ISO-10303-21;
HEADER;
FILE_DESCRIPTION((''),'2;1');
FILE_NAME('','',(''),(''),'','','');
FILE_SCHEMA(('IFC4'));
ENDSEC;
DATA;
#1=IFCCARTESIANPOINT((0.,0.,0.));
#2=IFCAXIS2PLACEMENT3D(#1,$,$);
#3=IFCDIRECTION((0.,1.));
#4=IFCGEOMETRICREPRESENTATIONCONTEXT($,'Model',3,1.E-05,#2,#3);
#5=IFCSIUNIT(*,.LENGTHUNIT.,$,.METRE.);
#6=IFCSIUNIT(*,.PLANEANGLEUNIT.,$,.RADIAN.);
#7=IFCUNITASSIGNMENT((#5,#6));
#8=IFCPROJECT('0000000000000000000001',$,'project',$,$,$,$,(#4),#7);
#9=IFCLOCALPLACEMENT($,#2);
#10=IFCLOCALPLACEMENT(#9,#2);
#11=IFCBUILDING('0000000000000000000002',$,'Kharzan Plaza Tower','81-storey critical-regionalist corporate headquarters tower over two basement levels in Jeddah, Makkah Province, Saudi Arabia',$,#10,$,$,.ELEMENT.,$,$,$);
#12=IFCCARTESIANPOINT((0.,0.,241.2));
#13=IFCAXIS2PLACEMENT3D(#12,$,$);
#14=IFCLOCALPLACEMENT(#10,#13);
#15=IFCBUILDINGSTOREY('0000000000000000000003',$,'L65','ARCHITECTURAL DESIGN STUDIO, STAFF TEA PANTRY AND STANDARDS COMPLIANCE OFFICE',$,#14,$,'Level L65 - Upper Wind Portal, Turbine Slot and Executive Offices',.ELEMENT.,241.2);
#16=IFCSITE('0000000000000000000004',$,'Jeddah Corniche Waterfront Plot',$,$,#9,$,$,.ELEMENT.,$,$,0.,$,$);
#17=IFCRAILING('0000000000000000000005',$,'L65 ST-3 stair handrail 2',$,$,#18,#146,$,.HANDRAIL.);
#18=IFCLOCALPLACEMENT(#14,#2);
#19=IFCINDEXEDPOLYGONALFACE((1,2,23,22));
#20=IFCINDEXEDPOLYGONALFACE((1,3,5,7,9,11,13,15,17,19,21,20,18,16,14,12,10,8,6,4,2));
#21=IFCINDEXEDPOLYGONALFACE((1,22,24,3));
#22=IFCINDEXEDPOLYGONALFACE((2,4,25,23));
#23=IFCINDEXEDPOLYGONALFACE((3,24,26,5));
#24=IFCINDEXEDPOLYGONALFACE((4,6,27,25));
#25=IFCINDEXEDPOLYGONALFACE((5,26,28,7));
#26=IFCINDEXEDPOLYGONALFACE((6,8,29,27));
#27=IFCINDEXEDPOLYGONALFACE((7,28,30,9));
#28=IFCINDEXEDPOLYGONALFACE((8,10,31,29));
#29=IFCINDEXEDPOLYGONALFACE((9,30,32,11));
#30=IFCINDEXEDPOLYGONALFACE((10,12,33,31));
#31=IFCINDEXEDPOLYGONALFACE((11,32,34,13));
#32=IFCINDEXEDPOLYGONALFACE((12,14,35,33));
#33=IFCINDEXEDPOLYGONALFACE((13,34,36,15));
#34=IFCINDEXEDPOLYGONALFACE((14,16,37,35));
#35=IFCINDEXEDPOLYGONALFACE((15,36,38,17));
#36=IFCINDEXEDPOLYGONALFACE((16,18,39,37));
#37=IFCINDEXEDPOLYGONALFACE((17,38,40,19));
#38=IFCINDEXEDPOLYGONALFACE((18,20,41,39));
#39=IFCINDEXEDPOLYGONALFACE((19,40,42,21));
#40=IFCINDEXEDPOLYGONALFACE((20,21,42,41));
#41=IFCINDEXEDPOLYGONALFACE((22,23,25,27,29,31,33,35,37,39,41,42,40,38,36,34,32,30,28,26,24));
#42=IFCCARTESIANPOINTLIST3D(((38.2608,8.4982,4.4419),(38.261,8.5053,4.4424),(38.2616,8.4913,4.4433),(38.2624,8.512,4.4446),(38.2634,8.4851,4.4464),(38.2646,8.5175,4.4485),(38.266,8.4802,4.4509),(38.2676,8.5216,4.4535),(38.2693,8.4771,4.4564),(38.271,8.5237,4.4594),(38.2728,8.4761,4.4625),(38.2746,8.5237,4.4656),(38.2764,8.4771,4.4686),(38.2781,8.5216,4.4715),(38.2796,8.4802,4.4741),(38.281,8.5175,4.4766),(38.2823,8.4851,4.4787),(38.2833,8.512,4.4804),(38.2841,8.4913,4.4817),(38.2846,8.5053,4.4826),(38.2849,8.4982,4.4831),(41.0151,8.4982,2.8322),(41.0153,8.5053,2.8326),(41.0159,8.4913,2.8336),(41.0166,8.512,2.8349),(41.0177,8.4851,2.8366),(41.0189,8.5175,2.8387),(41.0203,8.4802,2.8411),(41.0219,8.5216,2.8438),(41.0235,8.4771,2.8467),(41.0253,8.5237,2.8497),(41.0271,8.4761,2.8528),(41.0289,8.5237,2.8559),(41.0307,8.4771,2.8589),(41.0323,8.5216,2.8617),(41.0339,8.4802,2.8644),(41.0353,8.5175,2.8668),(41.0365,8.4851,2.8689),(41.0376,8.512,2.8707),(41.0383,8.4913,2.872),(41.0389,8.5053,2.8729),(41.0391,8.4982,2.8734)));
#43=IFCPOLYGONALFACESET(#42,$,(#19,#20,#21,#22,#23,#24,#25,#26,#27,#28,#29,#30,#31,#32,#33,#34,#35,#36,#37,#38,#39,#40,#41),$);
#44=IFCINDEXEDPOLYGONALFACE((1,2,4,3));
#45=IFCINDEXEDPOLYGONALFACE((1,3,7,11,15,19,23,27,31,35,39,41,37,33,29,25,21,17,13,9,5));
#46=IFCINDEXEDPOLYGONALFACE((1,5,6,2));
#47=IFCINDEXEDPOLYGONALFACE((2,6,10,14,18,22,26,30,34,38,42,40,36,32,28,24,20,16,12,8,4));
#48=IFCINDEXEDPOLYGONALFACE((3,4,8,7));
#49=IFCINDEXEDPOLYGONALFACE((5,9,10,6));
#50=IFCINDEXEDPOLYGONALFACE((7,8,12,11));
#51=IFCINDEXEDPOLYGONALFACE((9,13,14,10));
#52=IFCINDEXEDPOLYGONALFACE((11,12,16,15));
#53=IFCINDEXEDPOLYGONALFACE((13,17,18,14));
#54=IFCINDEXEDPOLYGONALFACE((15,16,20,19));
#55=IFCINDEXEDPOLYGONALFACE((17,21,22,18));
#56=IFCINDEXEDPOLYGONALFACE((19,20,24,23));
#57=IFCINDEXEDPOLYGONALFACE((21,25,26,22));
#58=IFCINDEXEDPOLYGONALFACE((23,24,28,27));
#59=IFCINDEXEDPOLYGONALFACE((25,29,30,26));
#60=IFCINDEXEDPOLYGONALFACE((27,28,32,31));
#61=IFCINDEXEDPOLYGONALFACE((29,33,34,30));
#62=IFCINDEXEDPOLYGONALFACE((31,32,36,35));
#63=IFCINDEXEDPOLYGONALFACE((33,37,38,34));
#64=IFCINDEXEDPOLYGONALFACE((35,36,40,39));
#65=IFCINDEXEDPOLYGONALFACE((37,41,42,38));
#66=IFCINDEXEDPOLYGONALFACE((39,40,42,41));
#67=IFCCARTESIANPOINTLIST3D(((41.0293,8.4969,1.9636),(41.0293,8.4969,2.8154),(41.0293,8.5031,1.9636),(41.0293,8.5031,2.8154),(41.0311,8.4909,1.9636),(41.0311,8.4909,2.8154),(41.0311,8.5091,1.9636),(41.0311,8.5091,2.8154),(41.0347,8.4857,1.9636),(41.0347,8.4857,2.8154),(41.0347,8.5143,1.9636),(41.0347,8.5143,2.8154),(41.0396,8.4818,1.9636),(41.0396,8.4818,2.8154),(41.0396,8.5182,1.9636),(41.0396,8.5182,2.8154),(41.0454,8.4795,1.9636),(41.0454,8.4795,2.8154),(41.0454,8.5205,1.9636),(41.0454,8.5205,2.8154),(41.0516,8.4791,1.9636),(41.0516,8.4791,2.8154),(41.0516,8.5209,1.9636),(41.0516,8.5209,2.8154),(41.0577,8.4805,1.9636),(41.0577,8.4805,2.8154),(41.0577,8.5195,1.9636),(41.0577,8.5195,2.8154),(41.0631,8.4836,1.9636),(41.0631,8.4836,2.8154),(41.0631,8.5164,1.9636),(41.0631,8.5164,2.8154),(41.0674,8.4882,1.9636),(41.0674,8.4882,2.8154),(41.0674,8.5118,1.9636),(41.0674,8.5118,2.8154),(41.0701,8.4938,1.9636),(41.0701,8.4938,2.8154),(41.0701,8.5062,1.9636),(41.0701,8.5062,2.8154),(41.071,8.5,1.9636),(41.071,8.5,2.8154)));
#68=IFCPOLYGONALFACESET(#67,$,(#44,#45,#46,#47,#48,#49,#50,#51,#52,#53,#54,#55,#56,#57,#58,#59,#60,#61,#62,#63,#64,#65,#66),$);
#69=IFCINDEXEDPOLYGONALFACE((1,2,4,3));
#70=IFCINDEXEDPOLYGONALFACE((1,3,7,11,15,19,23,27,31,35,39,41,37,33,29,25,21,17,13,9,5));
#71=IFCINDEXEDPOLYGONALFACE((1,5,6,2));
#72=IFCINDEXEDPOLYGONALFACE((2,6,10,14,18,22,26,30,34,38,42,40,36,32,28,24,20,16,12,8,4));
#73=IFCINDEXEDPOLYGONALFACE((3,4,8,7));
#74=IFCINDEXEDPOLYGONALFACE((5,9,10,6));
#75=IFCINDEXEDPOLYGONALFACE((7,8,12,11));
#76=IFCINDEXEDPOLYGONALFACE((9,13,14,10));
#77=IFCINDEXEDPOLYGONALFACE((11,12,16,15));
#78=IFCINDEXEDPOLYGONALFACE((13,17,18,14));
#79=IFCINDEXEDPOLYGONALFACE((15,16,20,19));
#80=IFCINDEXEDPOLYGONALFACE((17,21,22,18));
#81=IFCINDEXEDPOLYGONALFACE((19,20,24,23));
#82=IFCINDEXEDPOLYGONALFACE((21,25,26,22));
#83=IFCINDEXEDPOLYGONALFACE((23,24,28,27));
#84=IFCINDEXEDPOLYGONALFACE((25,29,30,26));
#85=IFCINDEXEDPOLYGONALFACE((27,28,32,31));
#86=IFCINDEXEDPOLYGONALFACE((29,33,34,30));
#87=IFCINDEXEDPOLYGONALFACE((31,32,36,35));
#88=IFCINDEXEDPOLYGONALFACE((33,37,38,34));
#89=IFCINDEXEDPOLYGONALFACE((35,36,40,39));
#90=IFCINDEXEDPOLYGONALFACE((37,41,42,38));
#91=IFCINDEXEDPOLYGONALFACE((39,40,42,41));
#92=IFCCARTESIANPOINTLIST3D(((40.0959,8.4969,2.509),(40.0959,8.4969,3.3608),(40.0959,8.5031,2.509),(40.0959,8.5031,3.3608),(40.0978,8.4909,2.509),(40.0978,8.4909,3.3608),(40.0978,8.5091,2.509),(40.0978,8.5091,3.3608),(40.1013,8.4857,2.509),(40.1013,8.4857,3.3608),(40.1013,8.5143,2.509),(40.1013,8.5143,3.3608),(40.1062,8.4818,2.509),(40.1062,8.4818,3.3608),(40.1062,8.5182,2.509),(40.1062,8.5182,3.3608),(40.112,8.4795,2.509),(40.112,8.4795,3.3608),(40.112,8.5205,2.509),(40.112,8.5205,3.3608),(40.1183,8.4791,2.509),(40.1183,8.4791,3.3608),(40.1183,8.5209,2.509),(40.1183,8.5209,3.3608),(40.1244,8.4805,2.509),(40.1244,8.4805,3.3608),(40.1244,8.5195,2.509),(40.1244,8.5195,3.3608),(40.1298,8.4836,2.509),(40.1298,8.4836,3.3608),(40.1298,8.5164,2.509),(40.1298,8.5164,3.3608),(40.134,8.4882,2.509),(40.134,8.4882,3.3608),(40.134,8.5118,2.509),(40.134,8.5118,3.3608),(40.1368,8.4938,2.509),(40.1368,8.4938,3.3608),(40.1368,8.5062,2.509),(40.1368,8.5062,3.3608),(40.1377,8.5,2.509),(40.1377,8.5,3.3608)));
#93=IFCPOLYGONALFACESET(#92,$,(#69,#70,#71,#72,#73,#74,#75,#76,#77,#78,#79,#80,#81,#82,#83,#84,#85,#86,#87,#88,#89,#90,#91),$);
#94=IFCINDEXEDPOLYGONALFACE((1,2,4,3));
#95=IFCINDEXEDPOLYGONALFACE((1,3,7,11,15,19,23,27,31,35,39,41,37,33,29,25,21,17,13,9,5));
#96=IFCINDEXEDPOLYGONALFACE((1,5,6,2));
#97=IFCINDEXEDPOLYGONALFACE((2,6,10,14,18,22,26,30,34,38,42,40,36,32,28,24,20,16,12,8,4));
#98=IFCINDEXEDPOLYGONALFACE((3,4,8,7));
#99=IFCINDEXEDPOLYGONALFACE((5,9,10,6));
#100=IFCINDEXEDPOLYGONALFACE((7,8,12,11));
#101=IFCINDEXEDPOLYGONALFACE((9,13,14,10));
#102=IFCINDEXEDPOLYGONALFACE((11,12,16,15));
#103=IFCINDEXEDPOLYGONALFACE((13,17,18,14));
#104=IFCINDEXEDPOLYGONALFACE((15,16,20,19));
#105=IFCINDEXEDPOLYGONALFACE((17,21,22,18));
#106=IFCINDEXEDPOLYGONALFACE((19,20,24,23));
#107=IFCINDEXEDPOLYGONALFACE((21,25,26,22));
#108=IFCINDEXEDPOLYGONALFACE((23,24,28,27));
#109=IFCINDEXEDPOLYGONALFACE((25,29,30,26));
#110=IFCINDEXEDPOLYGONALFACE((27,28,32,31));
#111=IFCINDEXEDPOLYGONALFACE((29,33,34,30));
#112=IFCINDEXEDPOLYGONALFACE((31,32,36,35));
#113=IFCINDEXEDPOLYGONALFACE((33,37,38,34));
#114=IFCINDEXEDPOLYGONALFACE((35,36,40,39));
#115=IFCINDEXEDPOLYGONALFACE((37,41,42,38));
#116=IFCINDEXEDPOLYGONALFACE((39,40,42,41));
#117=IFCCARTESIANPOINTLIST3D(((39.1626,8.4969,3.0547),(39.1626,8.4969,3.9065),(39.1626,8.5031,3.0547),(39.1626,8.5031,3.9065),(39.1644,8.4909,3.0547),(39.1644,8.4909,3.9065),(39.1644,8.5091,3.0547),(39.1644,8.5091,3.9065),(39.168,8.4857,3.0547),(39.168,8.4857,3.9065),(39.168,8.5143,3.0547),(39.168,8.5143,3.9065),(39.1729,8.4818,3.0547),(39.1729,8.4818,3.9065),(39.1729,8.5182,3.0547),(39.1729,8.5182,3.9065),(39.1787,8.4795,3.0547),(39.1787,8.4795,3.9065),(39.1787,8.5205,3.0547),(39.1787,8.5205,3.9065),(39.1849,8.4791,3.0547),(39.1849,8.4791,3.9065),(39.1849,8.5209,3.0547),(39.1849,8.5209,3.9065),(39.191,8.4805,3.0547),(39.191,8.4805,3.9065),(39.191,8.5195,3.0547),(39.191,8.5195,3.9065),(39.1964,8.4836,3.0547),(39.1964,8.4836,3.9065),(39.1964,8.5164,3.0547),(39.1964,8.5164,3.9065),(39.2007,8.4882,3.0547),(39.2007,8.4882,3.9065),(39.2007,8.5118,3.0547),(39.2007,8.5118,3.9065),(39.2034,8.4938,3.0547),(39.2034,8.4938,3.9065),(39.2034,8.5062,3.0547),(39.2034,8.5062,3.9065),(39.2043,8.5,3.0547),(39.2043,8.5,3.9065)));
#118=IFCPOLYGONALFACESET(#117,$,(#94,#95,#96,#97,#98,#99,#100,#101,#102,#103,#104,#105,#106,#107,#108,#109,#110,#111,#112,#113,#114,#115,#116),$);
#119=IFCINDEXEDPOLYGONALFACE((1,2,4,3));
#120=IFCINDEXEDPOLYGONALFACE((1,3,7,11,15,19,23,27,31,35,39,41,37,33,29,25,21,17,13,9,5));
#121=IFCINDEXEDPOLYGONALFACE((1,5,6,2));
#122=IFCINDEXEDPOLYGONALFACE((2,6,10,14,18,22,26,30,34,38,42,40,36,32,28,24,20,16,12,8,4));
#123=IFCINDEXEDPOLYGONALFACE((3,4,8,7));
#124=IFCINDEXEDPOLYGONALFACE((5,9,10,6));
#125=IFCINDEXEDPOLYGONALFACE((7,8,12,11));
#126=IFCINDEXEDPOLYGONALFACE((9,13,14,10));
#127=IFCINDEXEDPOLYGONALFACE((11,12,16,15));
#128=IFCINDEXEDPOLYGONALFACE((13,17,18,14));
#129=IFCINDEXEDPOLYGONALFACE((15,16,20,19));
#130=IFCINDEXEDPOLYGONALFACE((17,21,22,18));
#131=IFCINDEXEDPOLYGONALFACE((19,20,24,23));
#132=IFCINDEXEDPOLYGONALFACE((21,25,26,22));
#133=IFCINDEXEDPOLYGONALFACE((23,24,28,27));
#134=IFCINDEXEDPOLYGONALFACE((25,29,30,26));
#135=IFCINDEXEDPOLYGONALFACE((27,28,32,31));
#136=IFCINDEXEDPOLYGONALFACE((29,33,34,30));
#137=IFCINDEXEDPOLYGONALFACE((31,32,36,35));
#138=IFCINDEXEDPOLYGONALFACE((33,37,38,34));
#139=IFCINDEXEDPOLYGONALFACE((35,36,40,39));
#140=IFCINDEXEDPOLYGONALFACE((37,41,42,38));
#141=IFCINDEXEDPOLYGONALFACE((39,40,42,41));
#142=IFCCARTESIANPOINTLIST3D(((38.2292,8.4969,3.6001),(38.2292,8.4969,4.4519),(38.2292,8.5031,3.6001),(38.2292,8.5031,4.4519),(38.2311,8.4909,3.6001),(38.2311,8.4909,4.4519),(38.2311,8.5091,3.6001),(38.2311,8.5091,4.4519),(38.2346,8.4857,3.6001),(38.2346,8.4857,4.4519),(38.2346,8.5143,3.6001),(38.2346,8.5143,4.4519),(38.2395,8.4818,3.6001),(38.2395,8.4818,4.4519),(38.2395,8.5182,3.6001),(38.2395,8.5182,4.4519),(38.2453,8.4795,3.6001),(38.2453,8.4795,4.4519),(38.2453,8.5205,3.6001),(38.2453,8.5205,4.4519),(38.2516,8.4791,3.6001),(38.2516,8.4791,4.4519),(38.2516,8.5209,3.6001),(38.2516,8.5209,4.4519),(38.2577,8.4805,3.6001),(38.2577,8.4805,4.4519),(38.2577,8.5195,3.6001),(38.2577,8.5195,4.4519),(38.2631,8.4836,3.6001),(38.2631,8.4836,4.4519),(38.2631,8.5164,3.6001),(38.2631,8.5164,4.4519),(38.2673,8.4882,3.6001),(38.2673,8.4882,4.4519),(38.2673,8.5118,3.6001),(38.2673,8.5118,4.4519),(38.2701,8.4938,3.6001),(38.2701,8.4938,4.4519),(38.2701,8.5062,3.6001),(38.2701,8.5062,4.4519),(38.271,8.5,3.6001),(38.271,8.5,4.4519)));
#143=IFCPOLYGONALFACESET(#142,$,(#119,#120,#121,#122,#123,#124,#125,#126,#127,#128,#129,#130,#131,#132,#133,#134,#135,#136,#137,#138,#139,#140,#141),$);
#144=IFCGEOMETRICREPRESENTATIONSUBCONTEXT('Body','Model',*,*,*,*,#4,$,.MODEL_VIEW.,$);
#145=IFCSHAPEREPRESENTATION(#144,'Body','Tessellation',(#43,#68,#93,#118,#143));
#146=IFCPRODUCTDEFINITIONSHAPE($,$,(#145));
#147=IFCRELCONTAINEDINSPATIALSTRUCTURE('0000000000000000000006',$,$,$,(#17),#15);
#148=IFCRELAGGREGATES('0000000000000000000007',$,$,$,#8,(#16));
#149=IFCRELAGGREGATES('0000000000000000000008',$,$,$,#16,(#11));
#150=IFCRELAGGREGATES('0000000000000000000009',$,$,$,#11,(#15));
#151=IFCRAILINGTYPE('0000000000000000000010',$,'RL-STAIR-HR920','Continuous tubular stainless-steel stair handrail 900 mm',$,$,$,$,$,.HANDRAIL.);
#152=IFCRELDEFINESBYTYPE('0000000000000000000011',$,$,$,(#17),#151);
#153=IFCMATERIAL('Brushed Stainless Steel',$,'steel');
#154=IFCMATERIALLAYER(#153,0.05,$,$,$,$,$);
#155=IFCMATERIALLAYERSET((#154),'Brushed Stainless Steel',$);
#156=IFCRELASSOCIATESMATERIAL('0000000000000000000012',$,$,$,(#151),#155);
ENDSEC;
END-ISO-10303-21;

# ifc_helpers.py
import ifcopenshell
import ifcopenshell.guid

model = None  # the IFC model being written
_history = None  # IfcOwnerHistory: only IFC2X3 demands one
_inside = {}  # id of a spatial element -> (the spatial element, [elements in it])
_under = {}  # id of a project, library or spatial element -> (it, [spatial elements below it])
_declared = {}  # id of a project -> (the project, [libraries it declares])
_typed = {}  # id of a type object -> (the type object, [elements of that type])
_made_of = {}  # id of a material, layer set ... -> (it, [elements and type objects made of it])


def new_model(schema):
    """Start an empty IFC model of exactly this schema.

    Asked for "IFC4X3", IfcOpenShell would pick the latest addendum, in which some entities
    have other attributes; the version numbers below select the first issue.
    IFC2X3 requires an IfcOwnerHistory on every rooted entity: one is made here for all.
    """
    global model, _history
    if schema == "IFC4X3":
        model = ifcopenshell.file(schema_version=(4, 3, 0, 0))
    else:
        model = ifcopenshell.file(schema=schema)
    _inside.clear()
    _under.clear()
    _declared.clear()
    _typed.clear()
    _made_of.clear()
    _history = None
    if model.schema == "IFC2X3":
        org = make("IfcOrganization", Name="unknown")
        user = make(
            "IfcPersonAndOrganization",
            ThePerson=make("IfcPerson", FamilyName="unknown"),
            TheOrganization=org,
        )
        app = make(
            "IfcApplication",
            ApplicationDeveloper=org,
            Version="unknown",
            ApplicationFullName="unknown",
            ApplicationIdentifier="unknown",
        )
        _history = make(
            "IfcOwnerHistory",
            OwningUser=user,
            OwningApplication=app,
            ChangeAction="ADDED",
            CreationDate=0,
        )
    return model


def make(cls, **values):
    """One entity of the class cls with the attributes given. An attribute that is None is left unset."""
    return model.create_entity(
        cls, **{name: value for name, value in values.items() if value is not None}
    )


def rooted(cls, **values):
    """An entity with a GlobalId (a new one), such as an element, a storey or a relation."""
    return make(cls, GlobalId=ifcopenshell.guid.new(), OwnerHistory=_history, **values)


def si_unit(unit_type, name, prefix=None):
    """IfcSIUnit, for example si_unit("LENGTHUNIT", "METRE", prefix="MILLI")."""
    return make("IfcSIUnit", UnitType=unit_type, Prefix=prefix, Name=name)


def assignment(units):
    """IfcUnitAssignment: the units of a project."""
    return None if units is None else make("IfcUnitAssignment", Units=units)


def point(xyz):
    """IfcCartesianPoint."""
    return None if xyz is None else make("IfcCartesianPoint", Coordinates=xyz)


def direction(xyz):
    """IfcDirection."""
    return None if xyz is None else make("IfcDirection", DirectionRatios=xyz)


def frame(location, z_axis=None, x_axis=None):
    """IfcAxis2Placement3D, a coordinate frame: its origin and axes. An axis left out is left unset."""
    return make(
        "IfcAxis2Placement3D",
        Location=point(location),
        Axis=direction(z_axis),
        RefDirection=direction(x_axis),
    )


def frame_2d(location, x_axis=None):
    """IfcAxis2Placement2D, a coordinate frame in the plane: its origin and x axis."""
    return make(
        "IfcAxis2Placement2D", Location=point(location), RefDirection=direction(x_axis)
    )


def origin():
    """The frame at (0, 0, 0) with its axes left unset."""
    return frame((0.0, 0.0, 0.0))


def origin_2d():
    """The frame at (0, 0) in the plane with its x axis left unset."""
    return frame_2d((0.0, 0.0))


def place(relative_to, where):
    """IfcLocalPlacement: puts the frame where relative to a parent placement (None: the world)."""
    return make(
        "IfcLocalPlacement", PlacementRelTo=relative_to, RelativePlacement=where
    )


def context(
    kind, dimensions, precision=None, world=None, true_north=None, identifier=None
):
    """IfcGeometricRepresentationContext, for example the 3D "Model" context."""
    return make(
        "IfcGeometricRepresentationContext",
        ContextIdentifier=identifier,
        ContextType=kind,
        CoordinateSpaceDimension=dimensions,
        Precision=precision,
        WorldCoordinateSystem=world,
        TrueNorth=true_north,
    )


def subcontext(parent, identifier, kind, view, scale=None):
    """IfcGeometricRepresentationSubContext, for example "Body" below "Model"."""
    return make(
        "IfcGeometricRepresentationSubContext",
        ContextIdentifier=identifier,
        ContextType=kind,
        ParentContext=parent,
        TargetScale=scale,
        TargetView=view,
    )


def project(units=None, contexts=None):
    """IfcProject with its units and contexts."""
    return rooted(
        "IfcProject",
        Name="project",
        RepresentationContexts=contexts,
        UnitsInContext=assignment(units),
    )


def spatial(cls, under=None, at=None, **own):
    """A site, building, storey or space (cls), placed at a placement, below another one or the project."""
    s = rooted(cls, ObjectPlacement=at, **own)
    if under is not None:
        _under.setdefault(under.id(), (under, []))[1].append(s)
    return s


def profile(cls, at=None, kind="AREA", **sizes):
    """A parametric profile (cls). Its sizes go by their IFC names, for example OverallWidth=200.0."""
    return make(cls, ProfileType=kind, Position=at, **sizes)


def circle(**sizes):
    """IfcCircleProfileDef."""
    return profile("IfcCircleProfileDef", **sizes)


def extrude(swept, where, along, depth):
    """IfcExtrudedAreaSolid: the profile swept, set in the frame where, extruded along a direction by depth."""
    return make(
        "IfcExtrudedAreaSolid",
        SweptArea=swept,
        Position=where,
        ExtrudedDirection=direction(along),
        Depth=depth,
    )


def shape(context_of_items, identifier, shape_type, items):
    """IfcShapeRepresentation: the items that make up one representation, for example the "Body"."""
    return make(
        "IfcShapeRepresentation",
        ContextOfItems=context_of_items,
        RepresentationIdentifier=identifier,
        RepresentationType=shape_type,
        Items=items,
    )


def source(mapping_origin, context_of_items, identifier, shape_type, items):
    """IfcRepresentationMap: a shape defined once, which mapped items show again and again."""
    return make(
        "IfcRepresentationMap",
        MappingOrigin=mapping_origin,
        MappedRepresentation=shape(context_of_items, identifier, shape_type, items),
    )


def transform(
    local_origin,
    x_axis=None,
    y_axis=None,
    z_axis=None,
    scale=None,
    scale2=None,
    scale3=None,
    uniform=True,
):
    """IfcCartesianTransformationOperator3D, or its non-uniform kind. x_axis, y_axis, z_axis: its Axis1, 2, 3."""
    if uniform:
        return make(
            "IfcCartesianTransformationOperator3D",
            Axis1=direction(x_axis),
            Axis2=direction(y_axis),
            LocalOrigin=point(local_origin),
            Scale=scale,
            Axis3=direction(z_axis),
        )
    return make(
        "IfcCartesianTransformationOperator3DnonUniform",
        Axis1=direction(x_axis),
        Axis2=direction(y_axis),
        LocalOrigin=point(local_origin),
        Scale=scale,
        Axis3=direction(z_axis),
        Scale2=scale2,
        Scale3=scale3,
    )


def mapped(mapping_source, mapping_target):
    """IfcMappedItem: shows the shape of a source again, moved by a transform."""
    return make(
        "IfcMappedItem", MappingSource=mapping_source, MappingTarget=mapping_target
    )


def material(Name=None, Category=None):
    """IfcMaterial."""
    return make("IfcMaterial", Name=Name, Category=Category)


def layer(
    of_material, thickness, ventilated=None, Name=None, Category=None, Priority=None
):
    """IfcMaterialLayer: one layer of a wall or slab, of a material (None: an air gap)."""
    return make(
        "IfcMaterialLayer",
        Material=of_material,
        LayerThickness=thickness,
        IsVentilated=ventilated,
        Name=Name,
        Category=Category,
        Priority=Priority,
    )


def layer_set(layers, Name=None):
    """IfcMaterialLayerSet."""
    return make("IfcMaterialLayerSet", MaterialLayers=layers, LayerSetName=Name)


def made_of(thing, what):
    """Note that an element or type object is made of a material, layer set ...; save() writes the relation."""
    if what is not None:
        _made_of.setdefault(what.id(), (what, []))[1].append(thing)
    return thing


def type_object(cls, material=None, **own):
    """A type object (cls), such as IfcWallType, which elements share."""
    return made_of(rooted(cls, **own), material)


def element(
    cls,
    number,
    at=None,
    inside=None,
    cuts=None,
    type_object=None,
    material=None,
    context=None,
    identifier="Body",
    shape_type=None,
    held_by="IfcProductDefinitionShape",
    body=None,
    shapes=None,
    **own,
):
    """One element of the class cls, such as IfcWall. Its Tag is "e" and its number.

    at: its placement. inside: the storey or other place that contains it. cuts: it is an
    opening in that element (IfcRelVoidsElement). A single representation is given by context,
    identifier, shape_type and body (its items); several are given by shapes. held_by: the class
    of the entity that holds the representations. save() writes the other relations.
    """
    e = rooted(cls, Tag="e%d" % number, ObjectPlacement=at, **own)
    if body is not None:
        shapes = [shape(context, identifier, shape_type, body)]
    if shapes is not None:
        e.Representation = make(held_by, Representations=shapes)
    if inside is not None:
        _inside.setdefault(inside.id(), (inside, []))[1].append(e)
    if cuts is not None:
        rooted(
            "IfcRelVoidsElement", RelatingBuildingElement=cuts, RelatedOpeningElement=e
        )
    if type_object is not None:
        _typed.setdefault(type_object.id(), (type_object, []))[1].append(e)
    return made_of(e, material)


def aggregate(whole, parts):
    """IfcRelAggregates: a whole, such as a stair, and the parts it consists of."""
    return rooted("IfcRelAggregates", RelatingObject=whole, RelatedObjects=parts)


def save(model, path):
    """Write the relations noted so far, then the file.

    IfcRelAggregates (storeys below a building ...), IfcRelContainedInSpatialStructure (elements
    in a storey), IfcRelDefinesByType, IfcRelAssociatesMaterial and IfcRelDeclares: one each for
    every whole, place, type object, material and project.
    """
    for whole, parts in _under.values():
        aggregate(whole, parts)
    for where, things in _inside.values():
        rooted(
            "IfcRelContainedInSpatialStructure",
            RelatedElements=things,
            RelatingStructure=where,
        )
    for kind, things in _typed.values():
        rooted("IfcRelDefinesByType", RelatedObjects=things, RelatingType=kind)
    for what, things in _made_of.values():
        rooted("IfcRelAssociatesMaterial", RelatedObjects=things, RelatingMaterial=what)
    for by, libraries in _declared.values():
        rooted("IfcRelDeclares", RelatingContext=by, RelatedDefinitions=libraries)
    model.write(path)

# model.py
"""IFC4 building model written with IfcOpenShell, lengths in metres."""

from ifc_helpers import new_model, si_unit, direction, frame, origin, origin_2d, place, context, subcontext, project, spatial, circle, extrude, source, transform, mapped, material, layer, layer_set, type_object, element, save


model = new_model("IFC4")

# Units and contexts
model_context = context("Model", 3, precision=1e-05, world=origin(), true_north=direction((0.0, 1.0)))
body_context = subcontext(model_context, "Body", "Model", "MODEL_VIEW")
ifc_project = project(units=[si_unit("LENGTHUNIT", "METRE"), si_unit("PLANEANGLEUNIT", "RADIAN")], contexts=[model_context])

# Site, building, storey
site_placement = place(None, origin())
site = spatial("IfcSite", under=ifc_project, at=site_placement, Name="Jeddah Corniche Waterfront Plot", CompositionType="ELEMENT", RefElevation=0.0)
building_placement = place(site_placement, origin())
building = spatial("IfcBuilding", under=site, at=building_placement, Name="Kharzan Plaza Tower", Description="81-storey critical-regionalist corporate headquarters tower over two basement levels in Jeddah, Makkah Province, Saudi Arabia", CompositionType="ELEMENT")
storey_placement = place(building_placement, frame((0.0, 0.0, 241.2)))
storey = spatial("IfcBuildingStorey", under=building, at=storey_placement, Name="L65", Description="ARCHITECTURAL DESIGN STUDIO, STAFF TEA PANTRY AND STANDARDS COMPLIANCE OFFICE", LongName="Level L65 - Upper Wind Portal, Turbine Slot and Executive Offices", CompositionType="ELEMENT", Elevation=241.2)

# Shared definitions
ifc_material_1 = material(Name="Brushed Stainless Steel", Category="steel")

# Railing
ifc_layer_1 = layer(ifc_material_1, 0.05)
ifc_layer_set_1 = layer_set([ifc_layer_1], Name="Brushed Stainless Steel")
railing_type_1 = type_object("IfcRailingType", Name="RL-STAIR-HR920", Description="Continuous tubular stainless-steel stair handrail 900 mm", PredefinedType="HANDRAIL", material=ifc_layer_set_1)
shared_shape_1 = source(origin(), body_context, "Body", "SweptSolid", [
    extrude(circle(Radius=0.0239, at=origin_2d()), frame((-0.0229, 0.0, 0.8892), z_axis=(-0.863361, 0.0, 0.504587), x_axis=(0.0, -1.0, 0.0)), (0.0, 0.0, 1.0), 3.1902),
    extrude(circle(Radius=0.021, at=origin_2d()), origin(), (0.0, 0.0, 1.0), 0.8518),
    extrude(circle(Radius=0.021, at=origin_2d()), frame((-0.9333, 0.0, 0.5454)), (0.0, 0.0, 1.0), 0.8518),
    extrude(circle(Radius=0.021, at=origin_2d()), frame((-1.8667, 0.0, 1.0911)), (0.0, 0.0, 1.0), 0.8518),
    extrude(circle(Radius=0.021, at=origin_2d()), frame((-2.8, 0.0, 1.6365)), (0.0, 0.0, 1.0), 0.8518),
])
railing_1_placement = place(storey_placement, frame((41.05, 8.5, 1.9636)))
element("IfcRailing", 1, at=railing_1_placement, inside=storey, type_object=railing_type_1, Name="L65 ST-3 stair handrail 2", PredefinedType="HANDRAIL", context=body_context, shape_type="MappedRepresentation", body=[
    mapped(shared_shape_1, transform((0.0, 0.0, 0.0), x_axis=(1.0, 0.0, 0.0), y_axis=(0.0, 1.0, 0.0), z_axis=(0.0, 0.0, 1.0))),
])

save(model, "model.ifc")
